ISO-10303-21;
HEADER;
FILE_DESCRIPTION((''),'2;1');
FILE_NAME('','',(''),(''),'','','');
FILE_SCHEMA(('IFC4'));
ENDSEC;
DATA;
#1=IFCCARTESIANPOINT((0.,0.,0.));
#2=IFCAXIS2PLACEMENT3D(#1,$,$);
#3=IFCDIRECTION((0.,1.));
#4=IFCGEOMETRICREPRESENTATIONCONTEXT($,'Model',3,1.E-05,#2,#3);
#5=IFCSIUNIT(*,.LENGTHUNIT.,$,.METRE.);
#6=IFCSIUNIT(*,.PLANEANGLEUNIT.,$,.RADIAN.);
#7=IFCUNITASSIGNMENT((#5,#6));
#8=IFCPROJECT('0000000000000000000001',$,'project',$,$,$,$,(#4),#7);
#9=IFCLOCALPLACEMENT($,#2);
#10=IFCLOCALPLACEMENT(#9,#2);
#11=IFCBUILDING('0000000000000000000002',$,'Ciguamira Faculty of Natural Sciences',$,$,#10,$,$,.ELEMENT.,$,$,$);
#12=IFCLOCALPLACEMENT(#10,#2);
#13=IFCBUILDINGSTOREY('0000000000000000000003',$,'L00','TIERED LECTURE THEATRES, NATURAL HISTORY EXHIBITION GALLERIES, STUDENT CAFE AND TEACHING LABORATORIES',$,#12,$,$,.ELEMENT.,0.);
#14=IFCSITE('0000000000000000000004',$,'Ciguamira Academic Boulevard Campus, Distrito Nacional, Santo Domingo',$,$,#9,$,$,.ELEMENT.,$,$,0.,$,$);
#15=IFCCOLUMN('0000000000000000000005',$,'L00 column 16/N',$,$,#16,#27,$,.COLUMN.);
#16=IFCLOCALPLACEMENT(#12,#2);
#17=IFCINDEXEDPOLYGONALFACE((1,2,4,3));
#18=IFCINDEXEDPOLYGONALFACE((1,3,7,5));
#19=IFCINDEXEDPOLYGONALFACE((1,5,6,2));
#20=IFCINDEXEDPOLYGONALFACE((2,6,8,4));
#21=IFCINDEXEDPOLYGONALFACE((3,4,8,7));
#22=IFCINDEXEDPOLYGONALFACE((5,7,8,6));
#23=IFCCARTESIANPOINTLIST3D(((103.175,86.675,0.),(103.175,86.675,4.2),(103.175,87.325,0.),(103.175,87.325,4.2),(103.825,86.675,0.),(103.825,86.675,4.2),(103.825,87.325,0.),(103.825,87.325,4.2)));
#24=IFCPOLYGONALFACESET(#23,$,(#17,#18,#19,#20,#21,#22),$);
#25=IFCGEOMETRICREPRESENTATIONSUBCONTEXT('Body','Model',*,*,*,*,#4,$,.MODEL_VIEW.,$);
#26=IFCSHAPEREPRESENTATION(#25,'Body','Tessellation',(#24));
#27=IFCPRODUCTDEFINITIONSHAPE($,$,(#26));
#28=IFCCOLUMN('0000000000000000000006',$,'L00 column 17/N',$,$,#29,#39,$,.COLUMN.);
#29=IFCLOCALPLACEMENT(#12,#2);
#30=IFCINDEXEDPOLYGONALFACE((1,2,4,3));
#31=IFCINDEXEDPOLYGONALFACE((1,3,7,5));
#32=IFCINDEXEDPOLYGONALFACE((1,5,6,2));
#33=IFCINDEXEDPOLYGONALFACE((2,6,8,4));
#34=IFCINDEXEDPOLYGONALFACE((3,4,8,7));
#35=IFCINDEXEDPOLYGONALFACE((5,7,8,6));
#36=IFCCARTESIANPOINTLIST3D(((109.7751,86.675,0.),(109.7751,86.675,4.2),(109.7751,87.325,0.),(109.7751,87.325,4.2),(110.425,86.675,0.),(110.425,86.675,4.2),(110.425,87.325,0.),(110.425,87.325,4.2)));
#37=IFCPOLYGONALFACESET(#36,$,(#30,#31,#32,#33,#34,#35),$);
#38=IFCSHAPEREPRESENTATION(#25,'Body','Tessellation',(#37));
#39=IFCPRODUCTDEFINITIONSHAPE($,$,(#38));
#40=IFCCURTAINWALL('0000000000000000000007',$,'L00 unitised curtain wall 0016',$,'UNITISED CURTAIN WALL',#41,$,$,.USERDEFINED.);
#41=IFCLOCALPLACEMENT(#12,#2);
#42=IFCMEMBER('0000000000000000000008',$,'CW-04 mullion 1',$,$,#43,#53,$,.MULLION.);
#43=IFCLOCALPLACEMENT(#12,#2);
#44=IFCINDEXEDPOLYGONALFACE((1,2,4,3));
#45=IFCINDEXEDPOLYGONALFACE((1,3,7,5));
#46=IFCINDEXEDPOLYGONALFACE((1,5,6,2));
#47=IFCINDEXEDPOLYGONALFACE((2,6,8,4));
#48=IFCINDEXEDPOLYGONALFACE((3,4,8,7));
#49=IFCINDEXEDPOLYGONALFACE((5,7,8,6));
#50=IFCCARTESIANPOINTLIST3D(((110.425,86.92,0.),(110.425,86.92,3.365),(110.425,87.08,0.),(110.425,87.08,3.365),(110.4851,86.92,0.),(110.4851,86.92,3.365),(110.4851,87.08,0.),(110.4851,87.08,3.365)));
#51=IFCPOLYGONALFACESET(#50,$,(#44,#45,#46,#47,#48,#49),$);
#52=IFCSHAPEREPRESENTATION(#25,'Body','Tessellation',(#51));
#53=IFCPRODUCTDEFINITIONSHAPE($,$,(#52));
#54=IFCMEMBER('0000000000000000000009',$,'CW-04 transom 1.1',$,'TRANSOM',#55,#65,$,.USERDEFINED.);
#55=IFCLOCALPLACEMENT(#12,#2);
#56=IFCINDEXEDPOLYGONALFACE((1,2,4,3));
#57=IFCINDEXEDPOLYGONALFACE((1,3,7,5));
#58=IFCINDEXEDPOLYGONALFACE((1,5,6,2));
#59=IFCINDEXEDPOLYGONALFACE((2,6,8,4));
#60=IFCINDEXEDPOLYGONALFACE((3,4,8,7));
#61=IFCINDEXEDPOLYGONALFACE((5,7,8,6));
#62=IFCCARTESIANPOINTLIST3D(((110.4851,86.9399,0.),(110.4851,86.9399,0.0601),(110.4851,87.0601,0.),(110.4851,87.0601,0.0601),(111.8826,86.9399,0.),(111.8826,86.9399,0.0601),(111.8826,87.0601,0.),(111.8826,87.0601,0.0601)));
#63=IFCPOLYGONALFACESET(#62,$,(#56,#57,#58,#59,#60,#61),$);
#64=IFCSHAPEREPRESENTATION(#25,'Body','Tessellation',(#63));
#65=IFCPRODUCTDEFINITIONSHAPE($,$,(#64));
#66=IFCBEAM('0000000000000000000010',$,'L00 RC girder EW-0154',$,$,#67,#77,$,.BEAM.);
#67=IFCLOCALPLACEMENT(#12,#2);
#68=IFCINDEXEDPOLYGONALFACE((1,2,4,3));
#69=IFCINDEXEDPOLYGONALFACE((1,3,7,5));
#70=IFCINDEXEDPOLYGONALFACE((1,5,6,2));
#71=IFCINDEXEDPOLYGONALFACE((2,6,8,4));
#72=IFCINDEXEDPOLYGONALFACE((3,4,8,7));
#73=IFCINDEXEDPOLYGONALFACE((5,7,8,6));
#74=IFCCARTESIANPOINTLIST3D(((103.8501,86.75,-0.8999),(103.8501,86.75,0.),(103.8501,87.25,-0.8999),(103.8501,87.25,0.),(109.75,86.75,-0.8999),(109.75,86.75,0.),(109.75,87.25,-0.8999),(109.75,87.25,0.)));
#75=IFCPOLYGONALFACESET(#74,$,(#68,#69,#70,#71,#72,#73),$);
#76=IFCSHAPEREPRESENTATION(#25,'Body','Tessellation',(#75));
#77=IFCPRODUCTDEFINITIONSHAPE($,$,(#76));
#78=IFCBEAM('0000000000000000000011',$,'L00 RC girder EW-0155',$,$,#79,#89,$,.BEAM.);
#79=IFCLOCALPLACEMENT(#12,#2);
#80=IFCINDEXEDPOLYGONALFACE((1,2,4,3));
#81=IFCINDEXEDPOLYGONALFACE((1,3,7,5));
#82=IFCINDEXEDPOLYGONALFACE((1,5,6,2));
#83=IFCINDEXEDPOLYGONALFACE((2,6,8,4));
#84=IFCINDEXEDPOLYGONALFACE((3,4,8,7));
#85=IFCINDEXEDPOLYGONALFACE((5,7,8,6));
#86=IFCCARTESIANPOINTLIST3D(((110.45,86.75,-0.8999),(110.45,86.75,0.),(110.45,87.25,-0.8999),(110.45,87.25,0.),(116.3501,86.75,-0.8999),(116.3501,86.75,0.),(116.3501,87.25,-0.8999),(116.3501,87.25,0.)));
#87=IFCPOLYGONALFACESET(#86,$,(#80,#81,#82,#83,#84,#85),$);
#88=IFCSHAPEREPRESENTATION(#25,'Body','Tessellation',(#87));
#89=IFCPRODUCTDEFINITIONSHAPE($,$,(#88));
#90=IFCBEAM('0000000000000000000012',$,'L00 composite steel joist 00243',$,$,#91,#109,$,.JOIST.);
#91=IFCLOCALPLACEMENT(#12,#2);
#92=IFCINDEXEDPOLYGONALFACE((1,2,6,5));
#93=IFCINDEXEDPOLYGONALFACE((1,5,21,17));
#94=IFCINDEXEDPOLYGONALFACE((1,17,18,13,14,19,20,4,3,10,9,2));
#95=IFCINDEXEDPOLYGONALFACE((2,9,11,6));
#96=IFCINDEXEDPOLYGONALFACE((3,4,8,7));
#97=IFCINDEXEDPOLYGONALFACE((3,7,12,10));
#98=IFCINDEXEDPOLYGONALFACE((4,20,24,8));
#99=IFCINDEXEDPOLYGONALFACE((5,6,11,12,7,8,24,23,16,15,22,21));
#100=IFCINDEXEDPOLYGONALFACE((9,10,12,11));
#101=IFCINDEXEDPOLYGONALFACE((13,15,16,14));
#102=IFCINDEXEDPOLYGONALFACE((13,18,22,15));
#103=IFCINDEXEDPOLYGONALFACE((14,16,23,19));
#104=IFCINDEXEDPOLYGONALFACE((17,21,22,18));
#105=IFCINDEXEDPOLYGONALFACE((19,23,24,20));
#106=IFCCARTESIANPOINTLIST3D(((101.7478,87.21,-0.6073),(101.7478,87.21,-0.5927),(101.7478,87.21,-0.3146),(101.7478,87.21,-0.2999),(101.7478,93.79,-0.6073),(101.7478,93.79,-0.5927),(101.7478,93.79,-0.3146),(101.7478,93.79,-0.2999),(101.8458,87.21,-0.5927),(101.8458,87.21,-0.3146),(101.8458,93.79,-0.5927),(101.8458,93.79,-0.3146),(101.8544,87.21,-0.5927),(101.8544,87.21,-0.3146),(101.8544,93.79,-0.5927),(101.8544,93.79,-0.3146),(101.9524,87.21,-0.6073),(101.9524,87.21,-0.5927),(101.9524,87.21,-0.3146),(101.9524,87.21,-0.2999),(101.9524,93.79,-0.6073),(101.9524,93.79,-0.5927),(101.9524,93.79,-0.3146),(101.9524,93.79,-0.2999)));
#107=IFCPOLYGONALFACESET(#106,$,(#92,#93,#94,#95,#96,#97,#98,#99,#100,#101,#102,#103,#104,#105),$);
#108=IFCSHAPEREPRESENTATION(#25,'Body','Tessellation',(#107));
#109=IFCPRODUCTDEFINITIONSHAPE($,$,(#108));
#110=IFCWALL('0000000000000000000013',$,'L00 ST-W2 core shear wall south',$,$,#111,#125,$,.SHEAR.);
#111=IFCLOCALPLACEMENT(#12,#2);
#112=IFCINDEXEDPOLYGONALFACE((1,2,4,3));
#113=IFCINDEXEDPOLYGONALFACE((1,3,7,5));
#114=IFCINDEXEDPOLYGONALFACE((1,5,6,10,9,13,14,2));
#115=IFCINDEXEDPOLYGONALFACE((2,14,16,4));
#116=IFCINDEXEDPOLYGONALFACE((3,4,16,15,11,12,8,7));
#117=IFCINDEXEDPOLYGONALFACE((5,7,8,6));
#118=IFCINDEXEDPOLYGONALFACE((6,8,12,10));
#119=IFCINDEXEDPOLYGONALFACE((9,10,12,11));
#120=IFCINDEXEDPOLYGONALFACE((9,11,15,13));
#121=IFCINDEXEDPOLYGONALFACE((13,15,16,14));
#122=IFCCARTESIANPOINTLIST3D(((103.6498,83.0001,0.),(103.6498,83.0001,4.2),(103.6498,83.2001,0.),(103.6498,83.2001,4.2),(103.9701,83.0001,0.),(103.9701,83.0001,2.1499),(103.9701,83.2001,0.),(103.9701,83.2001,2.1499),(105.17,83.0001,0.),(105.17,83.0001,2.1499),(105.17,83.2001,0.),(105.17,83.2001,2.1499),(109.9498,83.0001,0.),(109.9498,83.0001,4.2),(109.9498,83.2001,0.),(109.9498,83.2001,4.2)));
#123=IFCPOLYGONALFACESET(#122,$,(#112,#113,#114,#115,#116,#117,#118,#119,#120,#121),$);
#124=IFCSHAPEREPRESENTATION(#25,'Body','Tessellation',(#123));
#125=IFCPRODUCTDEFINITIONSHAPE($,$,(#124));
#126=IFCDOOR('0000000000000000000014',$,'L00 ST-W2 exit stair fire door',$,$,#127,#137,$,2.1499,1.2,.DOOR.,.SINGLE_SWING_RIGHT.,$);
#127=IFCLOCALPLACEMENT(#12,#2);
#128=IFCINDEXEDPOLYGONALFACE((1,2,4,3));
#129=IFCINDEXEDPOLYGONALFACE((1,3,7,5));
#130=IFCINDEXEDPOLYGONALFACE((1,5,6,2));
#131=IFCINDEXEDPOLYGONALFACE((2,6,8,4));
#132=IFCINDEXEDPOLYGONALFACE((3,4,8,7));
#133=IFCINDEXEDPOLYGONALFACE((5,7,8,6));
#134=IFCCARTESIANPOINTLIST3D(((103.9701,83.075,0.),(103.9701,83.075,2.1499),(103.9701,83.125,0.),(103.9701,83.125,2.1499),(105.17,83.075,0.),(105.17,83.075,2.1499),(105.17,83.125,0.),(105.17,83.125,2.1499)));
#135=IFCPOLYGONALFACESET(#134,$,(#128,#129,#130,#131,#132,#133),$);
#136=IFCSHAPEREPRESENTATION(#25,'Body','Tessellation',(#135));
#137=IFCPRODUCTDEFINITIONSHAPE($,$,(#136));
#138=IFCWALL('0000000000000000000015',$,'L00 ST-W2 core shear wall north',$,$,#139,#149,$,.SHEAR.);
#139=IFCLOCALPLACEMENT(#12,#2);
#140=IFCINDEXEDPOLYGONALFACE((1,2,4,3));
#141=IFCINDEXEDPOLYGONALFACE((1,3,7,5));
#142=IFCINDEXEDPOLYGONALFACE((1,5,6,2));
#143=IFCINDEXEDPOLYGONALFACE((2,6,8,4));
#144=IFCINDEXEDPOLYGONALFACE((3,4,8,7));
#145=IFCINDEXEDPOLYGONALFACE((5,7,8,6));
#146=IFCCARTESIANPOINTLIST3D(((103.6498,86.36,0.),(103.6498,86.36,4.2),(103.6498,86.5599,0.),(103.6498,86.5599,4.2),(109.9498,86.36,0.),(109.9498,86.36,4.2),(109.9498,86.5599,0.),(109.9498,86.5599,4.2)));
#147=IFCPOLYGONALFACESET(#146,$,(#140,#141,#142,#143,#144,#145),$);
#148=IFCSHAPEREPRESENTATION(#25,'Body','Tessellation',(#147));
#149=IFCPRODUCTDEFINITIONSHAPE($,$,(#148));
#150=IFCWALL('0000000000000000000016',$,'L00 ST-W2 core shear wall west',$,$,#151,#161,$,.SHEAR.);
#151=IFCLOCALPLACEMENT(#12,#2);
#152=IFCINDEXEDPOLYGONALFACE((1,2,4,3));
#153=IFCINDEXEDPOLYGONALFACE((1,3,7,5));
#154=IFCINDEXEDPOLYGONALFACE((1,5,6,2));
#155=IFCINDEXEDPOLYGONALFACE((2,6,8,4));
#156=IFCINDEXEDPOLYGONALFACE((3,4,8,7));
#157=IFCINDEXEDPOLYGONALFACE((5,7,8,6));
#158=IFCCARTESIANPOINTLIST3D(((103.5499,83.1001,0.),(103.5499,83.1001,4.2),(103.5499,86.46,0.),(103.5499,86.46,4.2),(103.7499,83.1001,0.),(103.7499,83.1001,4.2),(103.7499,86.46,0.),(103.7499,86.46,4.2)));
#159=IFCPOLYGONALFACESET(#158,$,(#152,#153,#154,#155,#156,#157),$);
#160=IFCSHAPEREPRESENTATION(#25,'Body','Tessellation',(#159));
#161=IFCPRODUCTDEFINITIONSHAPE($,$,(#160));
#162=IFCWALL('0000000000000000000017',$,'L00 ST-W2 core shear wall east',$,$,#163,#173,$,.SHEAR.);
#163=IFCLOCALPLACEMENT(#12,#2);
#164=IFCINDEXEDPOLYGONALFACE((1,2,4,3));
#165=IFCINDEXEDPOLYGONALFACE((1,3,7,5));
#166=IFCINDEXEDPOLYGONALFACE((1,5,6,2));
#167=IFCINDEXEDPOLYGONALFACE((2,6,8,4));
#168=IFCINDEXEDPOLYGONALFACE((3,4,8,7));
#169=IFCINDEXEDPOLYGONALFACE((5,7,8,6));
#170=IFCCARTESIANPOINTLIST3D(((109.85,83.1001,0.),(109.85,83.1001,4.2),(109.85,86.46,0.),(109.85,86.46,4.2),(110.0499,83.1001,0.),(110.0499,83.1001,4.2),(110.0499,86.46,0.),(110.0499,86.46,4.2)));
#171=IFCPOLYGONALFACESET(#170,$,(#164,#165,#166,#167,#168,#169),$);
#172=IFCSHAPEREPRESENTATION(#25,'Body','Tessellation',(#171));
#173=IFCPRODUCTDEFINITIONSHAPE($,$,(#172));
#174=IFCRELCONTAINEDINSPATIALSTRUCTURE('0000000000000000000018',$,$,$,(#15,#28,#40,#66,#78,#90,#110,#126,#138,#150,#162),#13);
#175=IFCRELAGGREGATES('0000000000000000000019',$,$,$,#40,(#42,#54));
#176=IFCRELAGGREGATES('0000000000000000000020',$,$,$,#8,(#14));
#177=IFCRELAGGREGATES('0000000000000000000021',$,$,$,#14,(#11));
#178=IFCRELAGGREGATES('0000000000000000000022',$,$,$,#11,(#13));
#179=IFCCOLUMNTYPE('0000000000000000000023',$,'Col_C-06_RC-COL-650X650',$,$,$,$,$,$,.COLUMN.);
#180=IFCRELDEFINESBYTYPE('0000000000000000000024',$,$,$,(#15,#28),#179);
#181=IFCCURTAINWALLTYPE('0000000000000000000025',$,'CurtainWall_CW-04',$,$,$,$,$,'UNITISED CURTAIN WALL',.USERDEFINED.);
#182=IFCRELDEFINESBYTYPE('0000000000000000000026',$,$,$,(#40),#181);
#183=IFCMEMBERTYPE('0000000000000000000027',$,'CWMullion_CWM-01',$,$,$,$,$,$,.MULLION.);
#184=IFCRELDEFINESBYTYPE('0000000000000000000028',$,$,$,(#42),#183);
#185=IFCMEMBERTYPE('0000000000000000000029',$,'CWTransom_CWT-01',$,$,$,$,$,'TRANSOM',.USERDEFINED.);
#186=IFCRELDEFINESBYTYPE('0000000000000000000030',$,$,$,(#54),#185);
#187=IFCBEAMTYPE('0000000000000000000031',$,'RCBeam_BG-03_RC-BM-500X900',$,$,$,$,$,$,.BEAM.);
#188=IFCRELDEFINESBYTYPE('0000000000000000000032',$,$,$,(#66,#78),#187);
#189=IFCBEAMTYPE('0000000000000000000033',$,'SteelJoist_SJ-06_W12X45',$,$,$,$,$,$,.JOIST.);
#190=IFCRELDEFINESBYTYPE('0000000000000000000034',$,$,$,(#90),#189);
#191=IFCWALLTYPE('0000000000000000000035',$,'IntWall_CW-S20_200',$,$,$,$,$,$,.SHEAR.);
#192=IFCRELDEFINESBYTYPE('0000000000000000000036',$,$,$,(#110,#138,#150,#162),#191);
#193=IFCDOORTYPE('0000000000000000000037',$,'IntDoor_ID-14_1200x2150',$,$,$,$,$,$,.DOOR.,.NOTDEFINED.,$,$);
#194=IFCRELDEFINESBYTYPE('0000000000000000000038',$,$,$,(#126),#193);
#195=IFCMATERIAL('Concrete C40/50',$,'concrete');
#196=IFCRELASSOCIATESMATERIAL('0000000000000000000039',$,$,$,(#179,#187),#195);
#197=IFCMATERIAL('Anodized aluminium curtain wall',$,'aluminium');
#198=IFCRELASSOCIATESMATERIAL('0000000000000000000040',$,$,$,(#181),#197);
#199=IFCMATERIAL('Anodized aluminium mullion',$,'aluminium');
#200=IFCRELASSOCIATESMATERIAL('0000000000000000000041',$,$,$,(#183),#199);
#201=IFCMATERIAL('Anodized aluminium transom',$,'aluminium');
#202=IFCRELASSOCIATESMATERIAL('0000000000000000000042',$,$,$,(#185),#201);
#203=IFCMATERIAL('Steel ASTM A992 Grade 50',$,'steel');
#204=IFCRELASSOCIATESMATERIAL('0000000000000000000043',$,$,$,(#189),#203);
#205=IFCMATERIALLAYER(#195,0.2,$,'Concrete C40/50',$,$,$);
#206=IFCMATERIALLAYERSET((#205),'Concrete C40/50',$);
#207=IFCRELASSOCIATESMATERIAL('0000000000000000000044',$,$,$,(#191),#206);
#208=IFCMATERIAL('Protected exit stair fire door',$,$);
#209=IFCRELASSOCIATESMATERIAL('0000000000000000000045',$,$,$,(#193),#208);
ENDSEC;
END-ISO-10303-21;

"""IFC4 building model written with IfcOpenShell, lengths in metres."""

from ifc_helpers import new_model, si_unit, direction, frame, frame_2d, origin, origin_2d, place, context, subcontext, project, spatial, rectangle, i_section, extrude, material, layer, layer_set, material_profile, profile_set, type_object, element, fill, aggregate, save


model = new_model("IFC4")

# Units and contexts
model_context = context("Model", 3, precision=1e-05, world=origin(), true_north=direction((0.0, 1.0)))
body_context = subcontext(model_context, "Body", "Model", "MODEL_VIEW")
ifc_project = project(units=[si_unit("LENGTHUNIT", "METRE"), si_unit("PLANEANGLEUNIT", "RADIAN")], contexts=[model_context])

# Site, building, storey
site_placement = place(None, origin())
site = spatial("IfcSite", under=ifc_project, at=site_placement, Name="Ciguamira Academic Boulevard Campus, Distrito Nacional, Santo Domingo", CompositionType="ELEMENT", RefElevation=0.0)
building_placement = place(site_placement, origin())
building = spatial("IfcBuilding", under=site, at=building_placement, Name="Ciguamira Faculty of Natural Sciences", CompositionType="ELEMENT")
storey_placement = place(building_placement, origin())
storey = spatial("IfcBuildingStorey", under=building, at=storey_placement, Name="L00", Description="TIERED LECTURE THEATRES, NATURAL HISTORY EXHIBITION GALLERIES, STUDENT CAFE AND TEACHING LABORATORIES", CompositionType="ELEMENT", Elevation=0.0)

# Columns
ifc_material_1 = material(Name="Concrete C40/50", Category="concrete")
ifc_material_profile_1 = material_profile(ifc_material_1, rectangle(XDim=0.6499, YDim=0.6499, at=origin_2d()), Name="RC-COL-650X650")
ifc_profile_set_1 = profile_set([ifc_material_profile_1], Name="Concrete C40/50")
column_type = type_object("IfcColumnType", Name="Col_C-06_RC-COL-650X650", PredefinedType="COLUMN", material=ifc_profile_set_1)
for number, where, z_axis, x_axis, name in (
    (1, (103.5, 87.0, 0.0), (0.0, 0.0, 1.0), (1.0, 0.0, 0.0), "L00 column 16/N"),
    (2, (110.1001, 87.0, 0.0), (0.0, 0.0, 1.0), (1.0, 0.0, 0.0), "L00 column 17/N"),
):
    element("IfcColumn", number, at=place(storey_placement, frame(where, z_axis=z_axis, x_axis=x_axis)), inside=storey, type_object=column_type, Name=name, PredefinedType="COLUMN", context=body_context, shape_type="SweptSolid", body=[
        extrude(rectangle(XDim=0.6499, YDim=0.6499, at=origin_2d()), origin(), (0.0, 0.0, 1.0), 4.2),
    ])

# Curtain wall, members
ifc_material_2 = material(Name="Anodized aluminium curtain wall", Category="aluminium")
curtain_wall_type = type_object("IfcCurtainWallType", Name="CurtainWall_CW-04", ElementType="UNITISED CURTAIN WALL", PredefinedType="USERDEFINED", material=ifc_material_2)
curtain_wall_placement = place(storey_placement, origin())
curtain_wall = element("IfcCurtainWall", 3, at=curtain_wall_placement, inside=storey, type_object=curtain_wall_type, Name="L00 unitised curtain wall 0016", ObjectType="UNITISED CURTAIN WALL", PredefinedType="USERDEFINED")
ifc_material_3 = material(Name="Anodized aluminium mullion", Category="aluminium")
ifc_material_profile_2 = material_profile(ifc_material_3, rectangle(XDim=0.0601, YDim=0.1599, at=origin_2d()), Name="ALU-MUL-60X160")
ifc_profile_set_2 = profile_set([ifc_material_profile_2], Name="Anodized aluminium mullion")
member_type_1 = type_object("IfcMemberType", Name="CWMullion_CWM-01", PredefinedType="MULLION", material=ifc_profile_set_2)
member_1_placement = place(storey_placement, frame((110.4551, 87.0, 0.0), z_axis=(0.0, 0.0, 1.0), x_axis=(1.0, 0.0, 0.0)))
member_1 = element("IfcMember", 4, at=member_1_placement, type_object=member_type_1, Name="CW-04 mullion 1", PredefinedType="MULLION", context=body_context, shape_type="SweptSolid", body=[
    extrude(rectangle(XDim=0.0601, YDim=0.1599, at=origin_2d()), origin(), (0.0, 0.0, 1.0), 3.365),
])
ifc_material_4 = material(Name="Anodized aluminium transom", Category="aluminium")
ifc_material_profile_3 = material_profile(ifc_material_4, rectangle(XDim=0.0601, YDim=0.1201, at=origin_2d()), Name="ALU-TRN-60X120")
ifc_profile_set_3 = profile_set([ifc_material_profile_3], Name="Anodized aluminium transom")
member_type_2 = type_object("IfcMemberType", Name="CWTransom_CWT-01", ElementType="TRANSOM", PredefinedType="USERDEFINED", material=ifc_profile_set_3)
member_2_placement = place(storey_placement, frame((110.4851, 87.0, 0.03), z_axis=(1.0, 0.0, 0.0), x_axis=(0.0, 0.0, 1.0)))
member_2 = element("IfcMember", 5, at=member_2_placement, type_object=member_type_2, Name="CW-04 transom 1.1", ObjectType="TRANSOM", PredefinedType="USERDEFINED", context=body_context, shape_type="SweptSolid", body=[
    extrude(rectangle(XDim=0.0601, YDim=0.1201, at=origin_2d()), origin(), (0.0, 0.0, 1.0), 1.3975),
])
aggregate(curtain_wall, [member_1, member_2])

# Beams
ifc_material_profile_4 = material_profile(ifc_material_1, rectangle(XDim=0.5, YDim=0.8999, at=origin_2d()), Name="RC-BM-500X900")
ifc_profile_set_4 = profile_set([ifc_material_profile_4], Name="Concrete C40/50")
beam_type_1 = type_object("IfcBeamType", Name="RCBeam_BG-03_RC-BM-500X900", PredefinedType="BEAM", material=ifc_profile_set_4)
beam_1_placement = place(storey_placement, frame((103.8501, 87.0, -0.45), z_axis=(1.0, 0.0, 0.0), x_axis=(0.0, 1.0, 0.0)))
element("IfcBeam", 6, at=beam_1_placement, inside=storey, type_object=beam_type_1, Name="L00 RC girder EW-0154", PredefinedType="BEAM", context=body_context, shape_type="SweptSolid", body=[
    extrude(rectangle(XDim=0.5, YDim=0.8999, at=origin_2d()), origin(), (0.0, 0.0, 1.0), 5.8999),
])
beam_2_placement = place(storey_placement, frame((110.45, 87.0, -0.45), z_axis=(1.0, 0.0, 0.0), x_axis=(0.0, 1.0, 0.0)))
element("IfcBeam", 7, at=beam_2_placement, inside=storey, type_object=beam_type_1, Name="L00 RC girder EW-0155", PredefinedType="BEAM", context=body_context, shape_type="SweptSolid", body=[
    extrude(rectangle(XDim=0.5, YDim=0.8999, at=origin_2d()), origin(), (0.0, 0.0, 1.0), 5.9001),
])
ifc_material_5 = material(Name="Steel ASTM A992 Grade 50", Category="steel")
ifc_material_profile_5 = material_profile(ifc_material_5, i_section(OverallWidth=0.2046, OverallDepth=0.3074, WebThickness=0.0085, FlangeThickness=0.0146, at=origin_2d()), Name="W12X45")
ifc_profile_set_5 = profile_set([ifc_material_profile_5], Name="Steel ASTM A992 Grade 50")
beam_type_2 = type_object("IfcBeamType", Name="SteelJoist_SJ-06_W12X45", PredefinedType="JOIST", material=ifc_profile_set_5)
beam_3_placement = place(storey_placement, frame((101.8501, 87.21, -0.4536), z_axis=(0.0, 1.0, 0.0), x_axis=(-1.0, 0.0, 0.0)))
element("IfcBeam", 8, at=beam_3_placement, inside=storey, type_object=beam_type_2, Name="L00 composite steel joist 00243", PredefinedType="JOIST", context=body_context, shape_type="SweptSolid", body=[
    extrude(i_section(OverallWidth=0.2046, OverallDepth=0.3074, WebThickness=0.0085, FlangeThickness=0.0146, at=origin_2d()), origin(), (0.0, 0.0, 1.0), 6.5801),
])

# Wall, opening, door
ifc_layer = layer(ifc_material_1, 0.2, Name="Concrete C40/50")
ifc_layer_set = layer_set([ifc_layer], Name="Concrete C40/50")
wall_type = type_object("IfcWallType", Name="IntWall_CW-S20_200", PredefinedType="SHEAR", material=ifc_layer_set)
wall_1_placement = place(storey_placement, frame((103.6499, 83.1001, 0.0), z_axis=(0.0, 0.0, 1.0), x_axis=(1.0, 0.0, 0.0)))
wall_1 = element("IfcWall", 9, at=wall_1_placement, inside=storey, type_object=wall_type, Name="L00 ST-W2 core shear wall south", PredefinedType="SHEAR", context=body_context, shape_type="SweptSolid", body=[
    extrude(rectangle(XDim=6.3, YDim=0.2, at=frame_2d((3.1499, 0.0))), origin(), (0.0, 0.0, 1.0), 4.2),
])
opening_placement = place(wall_1_placement, frame((0.3201, 0.0, 0.0)))
opening = element("IfcOpeningElement", 10, at=opening_placement, cuts=wall_1, PredefinedType="OPENING", context=body_context, shape_type="SweptSolid", body=[
    extrude(rectangle(XDim=1.2, YDim=2.1499, at=frame_2d((0.6001, 1.075))), frame((0.0, 0.1099, 0.0), z_axis=(0.0, -1.0, 0.0), x_axis=(1.0, 0.0, 0.0)), (0.0, 0.0, 1.0), 0.22),
])
ifc_material_6 = material(Name="Protected exit stair fire door")
door_type = type_object("IfcDoorType", Name="IntDoor_ID-14_1200x2150", OperationType="NOTDEFINED", PredefinedType="DOOR", material=ifc_material_6)
door_placement = place(opening_placement, origin())
door = element("IfcDoor", 11, at=door_placement, inside=storey, type_object=door_type, Name="L00 ST-W2 exit stair fire door", OperationType="SINGLE_SWING_RIGHT", OverallHeight=2.1499, OverallWidth=1.2, PredefinedType="DOOR", context=body_context, shape_type="SweptSolid", body=[
    extrude(rectangle(XDim=1.2, YDim=2.1499, at=frame_2d((0.6001, 1.075))), frame((0.0, 0.0249, 0.0), z_axis=(0.0, -1.0, 0.0), x_axis=(1.0, 0.0, 0.0)), (0.0, 0.0, 1.0), 0.05),
])
fill(opening, door)

# Walls
wall_2_placement = place(storey_placement, frame((103.6499, 86.46, 0.0), z_axis=(0.0, 0.0, 1.0), x_axis=(1.0, 0.0, 0.0)))
element("IfcWall", 12, at=wall_2_placement, inside=storey, type_object=wall_type, Name="L00 ST-W2 core shear wall north", PredefinedType="SHEAR", context=body_context, shape_type="SweptSolid", body=[
    extrude(rectangle(XDim=6.3, YDim=0.2, at=frame_2d((3.1499, 0.0))), origin(), (0.0, 0.0, 1.0), 4.2),
])
for number, where, z_axis, x_axis, name in (
    (13, (103.6499, 83.1001, 0.0), (0.0, 0.0, 1.0), (0.0, 1.0, 0.0), "L00 ST-W2 core shear wall west"),
    (14, (109.95, 83.1001, 0.0), (0.0, 0.0, 1.0), (0.0, 1.0, 0.0), "L00 ST-W2 core shear wall east"),
):
    element("IfcWall", number, at=place(storey_placement, frame(where, z_axis=z_axis, x_axis=x_axis)), inside=storey, type_object=wall_type, Name=name, PredefinedType="SHEAR", context=body_context, shape_type="SweptSolid", body=[
        extrude(rectangle(XDim=3.3599, YDim=0.2, at=frame_2d((1.6799, 0.0))), origin(), (0.0, 0.0, 1.0), 4.2),
    ])

save(model, "model.ifc")
